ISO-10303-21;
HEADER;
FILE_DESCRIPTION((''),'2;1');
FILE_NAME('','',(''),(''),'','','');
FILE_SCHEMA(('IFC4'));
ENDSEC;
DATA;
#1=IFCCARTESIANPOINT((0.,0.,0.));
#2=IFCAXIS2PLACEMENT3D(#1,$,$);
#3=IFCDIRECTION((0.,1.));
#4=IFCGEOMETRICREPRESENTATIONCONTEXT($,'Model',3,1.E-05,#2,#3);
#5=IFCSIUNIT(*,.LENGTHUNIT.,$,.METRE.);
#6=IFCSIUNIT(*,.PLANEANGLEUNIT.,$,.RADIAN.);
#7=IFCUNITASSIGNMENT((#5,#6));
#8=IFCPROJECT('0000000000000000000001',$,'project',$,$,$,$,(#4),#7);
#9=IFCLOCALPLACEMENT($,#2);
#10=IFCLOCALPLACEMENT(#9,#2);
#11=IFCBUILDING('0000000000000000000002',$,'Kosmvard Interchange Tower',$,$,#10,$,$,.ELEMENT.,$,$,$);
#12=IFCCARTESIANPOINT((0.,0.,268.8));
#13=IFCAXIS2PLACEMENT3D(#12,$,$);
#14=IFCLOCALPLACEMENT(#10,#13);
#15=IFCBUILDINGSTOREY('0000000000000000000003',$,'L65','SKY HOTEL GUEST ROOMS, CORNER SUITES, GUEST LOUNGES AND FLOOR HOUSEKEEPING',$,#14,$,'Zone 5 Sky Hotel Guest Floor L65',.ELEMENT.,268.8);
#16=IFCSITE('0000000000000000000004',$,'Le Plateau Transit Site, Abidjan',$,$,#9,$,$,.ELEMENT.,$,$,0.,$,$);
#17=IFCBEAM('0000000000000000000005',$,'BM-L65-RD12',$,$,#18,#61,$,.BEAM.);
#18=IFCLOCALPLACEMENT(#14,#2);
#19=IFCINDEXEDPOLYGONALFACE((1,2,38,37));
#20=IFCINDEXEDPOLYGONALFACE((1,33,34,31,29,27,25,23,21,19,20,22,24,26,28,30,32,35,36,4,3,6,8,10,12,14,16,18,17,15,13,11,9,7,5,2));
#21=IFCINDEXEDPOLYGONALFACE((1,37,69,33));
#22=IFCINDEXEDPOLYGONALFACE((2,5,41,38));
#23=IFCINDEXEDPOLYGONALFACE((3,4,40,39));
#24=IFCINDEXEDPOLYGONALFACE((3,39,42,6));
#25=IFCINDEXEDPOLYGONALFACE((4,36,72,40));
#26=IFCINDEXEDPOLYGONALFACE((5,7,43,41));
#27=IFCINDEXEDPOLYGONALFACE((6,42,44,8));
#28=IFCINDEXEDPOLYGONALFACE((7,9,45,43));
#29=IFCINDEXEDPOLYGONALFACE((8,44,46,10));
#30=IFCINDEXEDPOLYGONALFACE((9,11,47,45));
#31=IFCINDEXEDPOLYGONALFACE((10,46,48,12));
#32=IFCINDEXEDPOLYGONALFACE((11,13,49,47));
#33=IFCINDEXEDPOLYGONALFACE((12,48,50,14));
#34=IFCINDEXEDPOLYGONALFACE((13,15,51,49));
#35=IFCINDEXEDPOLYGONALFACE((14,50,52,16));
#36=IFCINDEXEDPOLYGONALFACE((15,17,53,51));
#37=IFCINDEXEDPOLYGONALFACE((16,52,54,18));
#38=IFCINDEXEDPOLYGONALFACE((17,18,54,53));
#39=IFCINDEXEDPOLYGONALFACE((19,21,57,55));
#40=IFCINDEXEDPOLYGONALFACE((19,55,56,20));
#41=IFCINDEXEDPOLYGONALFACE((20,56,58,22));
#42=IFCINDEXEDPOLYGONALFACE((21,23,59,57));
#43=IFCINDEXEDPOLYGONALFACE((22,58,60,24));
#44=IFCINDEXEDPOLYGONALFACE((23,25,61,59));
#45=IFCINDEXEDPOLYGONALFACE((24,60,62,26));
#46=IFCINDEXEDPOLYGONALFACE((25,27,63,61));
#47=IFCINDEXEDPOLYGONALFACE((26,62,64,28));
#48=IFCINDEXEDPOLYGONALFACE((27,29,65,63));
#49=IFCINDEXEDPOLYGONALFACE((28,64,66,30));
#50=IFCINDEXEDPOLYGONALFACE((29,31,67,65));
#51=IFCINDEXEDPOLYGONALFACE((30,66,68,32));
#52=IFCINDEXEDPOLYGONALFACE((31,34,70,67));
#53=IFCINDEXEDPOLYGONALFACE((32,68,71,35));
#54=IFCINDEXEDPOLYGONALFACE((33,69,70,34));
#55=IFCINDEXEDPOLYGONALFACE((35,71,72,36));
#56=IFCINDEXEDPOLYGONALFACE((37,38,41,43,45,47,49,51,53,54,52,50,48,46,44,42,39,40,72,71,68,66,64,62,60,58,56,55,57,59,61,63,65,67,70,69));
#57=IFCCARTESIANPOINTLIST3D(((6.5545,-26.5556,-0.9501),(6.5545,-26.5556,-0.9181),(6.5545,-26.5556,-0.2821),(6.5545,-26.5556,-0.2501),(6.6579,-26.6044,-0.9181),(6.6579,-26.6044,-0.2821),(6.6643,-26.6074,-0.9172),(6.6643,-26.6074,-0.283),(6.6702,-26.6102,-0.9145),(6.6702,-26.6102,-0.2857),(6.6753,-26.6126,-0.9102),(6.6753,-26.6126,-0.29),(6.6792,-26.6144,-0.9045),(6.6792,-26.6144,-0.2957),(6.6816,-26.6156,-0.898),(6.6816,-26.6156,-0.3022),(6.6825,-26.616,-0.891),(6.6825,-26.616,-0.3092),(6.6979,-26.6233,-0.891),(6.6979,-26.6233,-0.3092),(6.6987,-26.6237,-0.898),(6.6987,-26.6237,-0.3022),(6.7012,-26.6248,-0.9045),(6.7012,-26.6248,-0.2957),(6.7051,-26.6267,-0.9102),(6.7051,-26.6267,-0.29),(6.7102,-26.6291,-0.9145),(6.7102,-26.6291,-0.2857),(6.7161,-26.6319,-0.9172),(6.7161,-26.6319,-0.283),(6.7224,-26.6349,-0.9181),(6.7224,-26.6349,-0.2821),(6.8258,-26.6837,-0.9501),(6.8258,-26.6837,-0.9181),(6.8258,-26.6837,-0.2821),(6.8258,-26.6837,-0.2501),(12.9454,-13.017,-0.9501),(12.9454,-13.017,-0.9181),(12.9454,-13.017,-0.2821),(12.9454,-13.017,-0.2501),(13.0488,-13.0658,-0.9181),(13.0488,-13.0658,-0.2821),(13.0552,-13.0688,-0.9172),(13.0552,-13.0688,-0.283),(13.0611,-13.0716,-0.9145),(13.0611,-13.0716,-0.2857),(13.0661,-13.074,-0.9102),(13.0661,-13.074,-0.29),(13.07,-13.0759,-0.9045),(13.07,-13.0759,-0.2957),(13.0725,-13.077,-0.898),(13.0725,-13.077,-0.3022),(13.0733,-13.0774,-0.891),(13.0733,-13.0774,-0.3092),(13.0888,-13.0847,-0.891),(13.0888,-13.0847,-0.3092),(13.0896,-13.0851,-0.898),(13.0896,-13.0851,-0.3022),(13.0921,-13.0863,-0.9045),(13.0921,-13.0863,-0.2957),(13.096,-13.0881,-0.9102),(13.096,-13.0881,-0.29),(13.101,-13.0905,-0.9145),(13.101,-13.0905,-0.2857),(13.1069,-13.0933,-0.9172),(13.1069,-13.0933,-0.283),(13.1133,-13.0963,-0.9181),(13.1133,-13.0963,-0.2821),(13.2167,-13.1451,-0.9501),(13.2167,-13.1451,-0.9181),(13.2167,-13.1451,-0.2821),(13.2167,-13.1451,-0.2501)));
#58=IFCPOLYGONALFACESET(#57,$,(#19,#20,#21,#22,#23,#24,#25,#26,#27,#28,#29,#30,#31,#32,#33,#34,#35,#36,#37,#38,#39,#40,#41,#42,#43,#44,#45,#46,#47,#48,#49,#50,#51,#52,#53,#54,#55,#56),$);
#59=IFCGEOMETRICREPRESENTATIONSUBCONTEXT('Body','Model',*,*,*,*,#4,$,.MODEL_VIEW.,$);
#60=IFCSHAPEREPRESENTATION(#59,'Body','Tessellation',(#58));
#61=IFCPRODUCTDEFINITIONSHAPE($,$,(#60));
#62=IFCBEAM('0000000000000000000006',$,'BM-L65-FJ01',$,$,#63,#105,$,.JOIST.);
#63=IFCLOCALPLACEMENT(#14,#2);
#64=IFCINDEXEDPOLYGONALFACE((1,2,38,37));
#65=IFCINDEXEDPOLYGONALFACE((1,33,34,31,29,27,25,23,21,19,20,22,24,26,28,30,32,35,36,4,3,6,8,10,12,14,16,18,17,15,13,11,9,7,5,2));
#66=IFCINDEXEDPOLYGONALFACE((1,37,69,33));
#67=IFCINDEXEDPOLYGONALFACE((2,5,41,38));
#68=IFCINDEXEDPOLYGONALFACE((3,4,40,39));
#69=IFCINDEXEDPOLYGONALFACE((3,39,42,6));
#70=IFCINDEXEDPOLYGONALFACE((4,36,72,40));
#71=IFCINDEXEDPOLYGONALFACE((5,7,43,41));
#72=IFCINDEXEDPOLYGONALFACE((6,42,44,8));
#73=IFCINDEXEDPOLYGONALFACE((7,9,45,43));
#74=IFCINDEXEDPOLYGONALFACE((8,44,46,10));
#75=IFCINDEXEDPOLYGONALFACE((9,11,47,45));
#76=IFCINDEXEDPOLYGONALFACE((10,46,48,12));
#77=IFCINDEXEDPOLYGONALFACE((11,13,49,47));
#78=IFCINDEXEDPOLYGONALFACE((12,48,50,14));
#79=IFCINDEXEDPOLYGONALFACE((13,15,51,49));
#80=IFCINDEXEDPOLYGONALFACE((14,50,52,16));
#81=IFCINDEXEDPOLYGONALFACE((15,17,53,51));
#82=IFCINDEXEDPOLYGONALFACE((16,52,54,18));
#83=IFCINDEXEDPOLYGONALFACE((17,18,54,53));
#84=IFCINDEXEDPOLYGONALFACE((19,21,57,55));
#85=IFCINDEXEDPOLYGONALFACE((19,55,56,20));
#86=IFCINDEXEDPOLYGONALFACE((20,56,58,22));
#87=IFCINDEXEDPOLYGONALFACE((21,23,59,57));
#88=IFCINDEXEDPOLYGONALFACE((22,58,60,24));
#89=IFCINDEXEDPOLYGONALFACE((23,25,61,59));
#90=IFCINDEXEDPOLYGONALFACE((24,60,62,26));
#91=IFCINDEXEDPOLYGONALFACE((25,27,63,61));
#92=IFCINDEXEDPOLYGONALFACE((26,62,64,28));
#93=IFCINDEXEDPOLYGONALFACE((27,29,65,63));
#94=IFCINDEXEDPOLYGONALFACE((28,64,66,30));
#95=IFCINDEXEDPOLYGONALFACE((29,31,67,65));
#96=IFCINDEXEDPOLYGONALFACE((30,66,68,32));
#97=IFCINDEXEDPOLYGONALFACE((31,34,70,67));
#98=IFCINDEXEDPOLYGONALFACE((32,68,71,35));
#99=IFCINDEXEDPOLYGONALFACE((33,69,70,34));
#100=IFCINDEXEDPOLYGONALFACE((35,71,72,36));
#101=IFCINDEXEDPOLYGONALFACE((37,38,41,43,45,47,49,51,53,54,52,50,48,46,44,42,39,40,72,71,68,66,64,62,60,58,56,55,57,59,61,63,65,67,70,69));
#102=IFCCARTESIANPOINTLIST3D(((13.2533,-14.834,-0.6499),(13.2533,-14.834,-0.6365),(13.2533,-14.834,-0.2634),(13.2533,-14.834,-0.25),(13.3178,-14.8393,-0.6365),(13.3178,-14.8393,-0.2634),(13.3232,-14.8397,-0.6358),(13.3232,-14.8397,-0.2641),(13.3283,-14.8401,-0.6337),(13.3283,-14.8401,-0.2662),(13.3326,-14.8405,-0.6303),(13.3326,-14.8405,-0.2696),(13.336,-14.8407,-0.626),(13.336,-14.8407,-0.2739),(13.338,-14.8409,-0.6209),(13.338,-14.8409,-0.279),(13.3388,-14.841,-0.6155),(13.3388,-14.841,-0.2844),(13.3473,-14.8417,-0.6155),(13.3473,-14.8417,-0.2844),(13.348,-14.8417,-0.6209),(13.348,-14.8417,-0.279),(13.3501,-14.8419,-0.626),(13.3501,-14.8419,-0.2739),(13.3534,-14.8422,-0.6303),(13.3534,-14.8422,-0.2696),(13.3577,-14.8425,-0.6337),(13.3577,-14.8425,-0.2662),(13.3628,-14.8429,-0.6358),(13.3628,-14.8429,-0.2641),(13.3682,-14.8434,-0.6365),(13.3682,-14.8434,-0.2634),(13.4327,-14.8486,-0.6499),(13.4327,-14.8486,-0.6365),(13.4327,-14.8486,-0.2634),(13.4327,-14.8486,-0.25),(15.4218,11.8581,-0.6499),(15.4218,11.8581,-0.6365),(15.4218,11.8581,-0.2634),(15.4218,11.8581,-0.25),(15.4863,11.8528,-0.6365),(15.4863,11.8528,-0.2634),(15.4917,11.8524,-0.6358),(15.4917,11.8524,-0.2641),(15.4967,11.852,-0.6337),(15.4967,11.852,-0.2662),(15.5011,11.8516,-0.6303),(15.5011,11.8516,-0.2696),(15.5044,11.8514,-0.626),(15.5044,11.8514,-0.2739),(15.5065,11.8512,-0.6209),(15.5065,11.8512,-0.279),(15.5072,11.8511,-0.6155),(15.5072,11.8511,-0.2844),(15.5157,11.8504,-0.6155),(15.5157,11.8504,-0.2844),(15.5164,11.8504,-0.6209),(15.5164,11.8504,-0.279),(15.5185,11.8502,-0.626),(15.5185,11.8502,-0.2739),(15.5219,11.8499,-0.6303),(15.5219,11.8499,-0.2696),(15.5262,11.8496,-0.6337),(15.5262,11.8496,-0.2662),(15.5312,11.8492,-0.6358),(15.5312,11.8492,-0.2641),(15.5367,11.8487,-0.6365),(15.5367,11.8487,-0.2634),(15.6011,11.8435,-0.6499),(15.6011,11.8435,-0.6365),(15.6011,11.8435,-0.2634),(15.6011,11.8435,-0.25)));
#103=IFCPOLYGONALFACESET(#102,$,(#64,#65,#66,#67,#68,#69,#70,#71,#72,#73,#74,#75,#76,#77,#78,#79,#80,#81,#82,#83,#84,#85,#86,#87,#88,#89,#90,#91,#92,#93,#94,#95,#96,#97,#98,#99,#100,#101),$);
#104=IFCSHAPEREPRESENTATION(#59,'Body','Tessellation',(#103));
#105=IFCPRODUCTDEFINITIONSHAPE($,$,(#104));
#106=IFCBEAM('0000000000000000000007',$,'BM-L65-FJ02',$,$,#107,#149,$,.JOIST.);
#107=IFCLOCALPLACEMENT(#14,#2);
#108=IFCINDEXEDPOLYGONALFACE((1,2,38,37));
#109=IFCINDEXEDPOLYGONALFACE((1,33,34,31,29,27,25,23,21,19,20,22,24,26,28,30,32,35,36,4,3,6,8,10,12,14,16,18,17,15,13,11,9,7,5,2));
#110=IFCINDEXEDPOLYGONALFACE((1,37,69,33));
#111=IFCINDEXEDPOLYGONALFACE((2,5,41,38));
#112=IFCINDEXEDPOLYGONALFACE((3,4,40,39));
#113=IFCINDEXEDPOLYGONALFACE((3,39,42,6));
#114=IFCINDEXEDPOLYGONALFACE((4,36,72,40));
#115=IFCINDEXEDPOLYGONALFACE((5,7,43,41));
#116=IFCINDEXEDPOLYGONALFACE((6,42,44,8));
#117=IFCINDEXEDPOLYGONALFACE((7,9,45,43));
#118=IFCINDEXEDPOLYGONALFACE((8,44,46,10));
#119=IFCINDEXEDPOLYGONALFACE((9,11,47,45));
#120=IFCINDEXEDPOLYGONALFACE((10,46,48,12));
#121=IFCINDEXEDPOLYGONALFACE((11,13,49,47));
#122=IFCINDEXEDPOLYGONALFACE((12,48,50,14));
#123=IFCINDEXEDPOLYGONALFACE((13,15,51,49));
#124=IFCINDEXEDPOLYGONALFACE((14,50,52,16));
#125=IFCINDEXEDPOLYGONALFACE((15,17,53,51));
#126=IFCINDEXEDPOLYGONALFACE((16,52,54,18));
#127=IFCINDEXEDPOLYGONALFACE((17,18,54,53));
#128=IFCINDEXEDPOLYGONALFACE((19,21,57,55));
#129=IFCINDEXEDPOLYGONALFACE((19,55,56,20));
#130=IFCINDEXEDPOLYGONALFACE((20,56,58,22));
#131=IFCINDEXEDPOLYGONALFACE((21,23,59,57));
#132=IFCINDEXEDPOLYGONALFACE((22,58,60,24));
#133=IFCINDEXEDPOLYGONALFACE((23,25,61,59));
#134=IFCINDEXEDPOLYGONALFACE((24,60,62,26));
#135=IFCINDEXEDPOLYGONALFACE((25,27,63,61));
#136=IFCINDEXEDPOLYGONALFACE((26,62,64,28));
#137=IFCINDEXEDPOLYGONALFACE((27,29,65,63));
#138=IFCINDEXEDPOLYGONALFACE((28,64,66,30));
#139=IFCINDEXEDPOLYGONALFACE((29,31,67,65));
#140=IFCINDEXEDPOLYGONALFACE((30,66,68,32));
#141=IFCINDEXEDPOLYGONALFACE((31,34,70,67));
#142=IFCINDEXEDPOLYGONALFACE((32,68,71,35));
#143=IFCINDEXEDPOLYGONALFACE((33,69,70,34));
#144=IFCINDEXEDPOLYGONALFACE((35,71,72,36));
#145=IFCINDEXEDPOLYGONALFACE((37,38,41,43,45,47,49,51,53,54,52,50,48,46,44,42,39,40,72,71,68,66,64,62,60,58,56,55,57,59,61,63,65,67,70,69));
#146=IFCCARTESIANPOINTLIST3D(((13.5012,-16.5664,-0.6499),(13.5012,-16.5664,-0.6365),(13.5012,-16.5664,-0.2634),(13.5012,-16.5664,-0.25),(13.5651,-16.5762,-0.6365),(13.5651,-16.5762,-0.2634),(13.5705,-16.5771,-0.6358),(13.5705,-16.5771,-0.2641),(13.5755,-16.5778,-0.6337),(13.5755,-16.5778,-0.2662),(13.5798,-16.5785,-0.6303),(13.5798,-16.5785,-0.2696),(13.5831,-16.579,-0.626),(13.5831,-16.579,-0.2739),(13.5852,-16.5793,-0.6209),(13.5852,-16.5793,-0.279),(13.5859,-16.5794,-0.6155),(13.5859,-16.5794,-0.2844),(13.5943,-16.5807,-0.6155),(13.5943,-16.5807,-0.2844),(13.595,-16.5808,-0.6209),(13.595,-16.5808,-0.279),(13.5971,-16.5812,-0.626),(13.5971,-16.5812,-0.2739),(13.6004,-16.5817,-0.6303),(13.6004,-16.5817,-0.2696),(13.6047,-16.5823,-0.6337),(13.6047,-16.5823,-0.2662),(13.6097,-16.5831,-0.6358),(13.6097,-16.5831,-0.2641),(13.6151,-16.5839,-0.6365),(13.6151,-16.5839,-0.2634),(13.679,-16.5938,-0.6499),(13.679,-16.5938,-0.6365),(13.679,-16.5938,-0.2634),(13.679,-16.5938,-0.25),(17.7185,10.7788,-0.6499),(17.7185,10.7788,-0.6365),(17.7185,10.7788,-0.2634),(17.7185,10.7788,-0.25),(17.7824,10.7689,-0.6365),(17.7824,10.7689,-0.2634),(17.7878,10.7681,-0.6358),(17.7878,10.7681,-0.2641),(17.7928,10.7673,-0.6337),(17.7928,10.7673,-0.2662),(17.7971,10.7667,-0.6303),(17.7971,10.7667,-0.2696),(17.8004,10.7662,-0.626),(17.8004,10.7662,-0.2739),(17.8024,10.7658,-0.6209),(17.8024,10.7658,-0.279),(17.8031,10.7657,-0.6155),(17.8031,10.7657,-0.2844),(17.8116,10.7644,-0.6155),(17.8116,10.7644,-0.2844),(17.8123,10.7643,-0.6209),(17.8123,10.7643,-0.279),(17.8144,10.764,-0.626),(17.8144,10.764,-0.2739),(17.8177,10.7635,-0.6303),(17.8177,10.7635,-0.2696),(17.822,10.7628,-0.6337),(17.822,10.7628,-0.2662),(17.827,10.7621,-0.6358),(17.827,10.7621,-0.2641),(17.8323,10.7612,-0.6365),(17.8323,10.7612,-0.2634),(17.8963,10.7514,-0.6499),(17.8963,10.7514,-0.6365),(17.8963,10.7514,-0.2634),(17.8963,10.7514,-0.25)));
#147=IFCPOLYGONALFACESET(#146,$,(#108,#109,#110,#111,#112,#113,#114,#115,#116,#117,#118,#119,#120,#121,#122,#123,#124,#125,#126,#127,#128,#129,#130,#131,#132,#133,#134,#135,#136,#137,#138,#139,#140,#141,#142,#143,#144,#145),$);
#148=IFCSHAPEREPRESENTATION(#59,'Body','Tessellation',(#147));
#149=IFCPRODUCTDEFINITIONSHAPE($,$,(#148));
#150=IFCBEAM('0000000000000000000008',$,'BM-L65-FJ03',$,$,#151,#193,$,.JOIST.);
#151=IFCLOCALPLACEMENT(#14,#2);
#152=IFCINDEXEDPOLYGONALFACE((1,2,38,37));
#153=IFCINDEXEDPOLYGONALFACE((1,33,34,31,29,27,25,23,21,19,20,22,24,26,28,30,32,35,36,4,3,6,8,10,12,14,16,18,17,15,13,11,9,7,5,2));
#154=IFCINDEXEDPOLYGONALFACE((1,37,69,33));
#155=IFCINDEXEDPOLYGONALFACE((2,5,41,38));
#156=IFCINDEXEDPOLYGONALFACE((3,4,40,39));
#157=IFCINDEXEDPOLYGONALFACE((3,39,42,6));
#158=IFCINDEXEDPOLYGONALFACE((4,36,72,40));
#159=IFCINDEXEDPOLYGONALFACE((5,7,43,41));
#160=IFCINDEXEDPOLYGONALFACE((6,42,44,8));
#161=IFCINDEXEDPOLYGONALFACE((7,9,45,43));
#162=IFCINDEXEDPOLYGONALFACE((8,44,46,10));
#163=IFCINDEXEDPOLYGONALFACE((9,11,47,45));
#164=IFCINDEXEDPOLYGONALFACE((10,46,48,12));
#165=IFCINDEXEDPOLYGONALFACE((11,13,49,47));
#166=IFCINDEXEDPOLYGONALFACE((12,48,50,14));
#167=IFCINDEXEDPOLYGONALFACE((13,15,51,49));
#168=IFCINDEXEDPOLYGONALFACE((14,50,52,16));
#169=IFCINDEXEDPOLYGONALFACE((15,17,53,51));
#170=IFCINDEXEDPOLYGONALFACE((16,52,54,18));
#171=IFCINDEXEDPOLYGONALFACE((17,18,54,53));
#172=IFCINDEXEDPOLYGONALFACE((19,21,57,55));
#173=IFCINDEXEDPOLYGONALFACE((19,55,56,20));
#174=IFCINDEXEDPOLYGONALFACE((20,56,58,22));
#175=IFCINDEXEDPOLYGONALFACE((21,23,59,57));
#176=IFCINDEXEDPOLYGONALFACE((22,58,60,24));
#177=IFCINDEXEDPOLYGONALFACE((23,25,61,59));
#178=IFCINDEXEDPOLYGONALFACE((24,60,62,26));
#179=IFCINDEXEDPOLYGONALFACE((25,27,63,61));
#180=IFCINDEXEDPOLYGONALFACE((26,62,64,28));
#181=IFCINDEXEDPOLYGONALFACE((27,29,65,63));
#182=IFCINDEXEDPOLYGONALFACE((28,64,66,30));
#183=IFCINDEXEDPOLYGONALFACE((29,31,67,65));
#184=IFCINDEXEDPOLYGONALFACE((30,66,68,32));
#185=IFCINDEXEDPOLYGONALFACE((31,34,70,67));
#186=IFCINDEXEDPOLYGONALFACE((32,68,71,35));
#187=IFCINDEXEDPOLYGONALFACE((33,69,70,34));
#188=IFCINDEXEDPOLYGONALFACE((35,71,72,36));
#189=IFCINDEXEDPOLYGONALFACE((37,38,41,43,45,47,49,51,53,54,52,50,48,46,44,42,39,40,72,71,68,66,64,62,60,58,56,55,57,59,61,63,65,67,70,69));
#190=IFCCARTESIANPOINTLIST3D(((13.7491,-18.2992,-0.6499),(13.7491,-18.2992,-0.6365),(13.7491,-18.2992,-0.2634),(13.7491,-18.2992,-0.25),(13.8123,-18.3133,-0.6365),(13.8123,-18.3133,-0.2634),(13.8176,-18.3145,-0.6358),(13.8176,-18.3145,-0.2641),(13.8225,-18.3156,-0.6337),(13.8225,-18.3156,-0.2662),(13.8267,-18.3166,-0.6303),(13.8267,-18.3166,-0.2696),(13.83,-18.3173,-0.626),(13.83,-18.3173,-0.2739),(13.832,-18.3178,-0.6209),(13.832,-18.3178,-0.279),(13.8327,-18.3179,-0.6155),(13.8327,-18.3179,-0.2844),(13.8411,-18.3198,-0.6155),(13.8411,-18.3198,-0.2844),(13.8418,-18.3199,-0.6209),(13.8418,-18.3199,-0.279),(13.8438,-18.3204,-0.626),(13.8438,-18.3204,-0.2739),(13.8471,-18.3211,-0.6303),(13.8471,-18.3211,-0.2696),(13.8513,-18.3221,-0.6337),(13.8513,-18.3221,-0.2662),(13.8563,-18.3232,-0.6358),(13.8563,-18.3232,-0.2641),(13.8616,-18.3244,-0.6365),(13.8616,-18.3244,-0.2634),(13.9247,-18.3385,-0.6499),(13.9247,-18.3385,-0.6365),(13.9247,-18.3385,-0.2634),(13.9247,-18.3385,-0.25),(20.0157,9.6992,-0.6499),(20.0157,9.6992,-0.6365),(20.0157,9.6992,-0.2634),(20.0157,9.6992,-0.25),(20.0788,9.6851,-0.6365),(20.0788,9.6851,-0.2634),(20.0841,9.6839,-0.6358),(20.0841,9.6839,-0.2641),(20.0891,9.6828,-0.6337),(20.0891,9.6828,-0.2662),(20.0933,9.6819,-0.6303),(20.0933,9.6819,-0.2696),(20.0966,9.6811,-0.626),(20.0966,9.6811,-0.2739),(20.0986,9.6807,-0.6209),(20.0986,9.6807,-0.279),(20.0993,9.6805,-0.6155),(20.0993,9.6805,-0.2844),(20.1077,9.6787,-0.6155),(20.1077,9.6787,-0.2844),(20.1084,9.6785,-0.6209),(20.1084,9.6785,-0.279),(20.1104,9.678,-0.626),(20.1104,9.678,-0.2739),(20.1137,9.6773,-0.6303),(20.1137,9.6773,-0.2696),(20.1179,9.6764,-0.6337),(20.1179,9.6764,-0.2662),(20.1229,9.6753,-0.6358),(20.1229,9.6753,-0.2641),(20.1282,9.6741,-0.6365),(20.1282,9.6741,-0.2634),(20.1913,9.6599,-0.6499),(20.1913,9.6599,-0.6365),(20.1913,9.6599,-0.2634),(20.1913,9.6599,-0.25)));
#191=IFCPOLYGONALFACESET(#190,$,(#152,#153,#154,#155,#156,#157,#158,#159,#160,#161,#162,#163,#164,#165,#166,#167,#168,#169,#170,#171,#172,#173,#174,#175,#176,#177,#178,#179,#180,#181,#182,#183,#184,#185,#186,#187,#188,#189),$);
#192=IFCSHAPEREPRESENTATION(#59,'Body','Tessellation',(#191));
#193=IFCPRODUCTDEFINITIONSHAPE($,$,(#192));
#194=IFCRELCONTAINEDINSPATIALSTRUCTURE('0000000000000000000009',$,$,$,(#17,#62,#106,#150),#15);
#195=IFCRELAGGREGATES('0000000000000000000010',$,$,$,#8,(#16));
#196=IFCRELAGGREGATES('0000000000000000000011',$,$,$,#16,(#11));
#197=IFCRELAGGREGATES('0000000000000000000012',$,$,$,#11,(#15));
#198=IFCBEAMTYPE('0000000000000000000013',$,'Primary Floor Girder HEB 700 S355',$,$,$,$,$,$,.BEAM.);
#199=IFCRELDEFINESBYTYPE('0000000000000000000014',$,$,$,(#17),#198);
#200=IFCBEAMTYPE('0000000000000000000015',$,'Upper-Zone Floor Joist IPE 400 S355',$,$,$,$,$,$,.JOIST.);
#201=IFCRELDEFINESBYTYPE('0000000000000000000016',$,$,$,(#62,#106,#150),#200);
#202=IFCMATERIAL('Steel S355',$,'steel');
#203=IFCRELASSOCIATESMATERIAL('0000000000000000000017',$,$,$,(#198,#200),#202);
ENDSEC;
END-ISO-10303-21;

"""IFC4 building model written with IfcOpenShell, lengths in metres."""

from ifc_helpers import new_model, si_unit, direction, frame, origin, origin_2d, place, context, subcontext, project, spatial, i_section, extrude, source, transform, mapped, material, material_profile, profile_set, type_object, element, save


model = new_model("IFC4")

# Units and contexts
model_context = context("Model", 3, precision=1e-05, world=origin(), true_north=direction((0.0, 1.0)))
body_context = subcontext(model_context, "Body", "Model", "MODEL_VIEW")
ifc_project = project(units=[si_unit("LENGTHUNIT", "METRE"), si_unit("PLANEANGLEUNIT", "RADIAN")], contexts=[model_context])

# Site, building, storey
site_placement = place(None, origin())
site = spatial("IfcSite", under=ifc_project, at=site_placement, Name="Le Plateau Transit Site, Abidjan", CompositionType="ELEMENT", RefElevation=0.0)
building_placement = place(site_placement, origin())
building = spatial("IfcBuilding", under=site, at=building_placement, Name="Kosmvard Interchange Tower", CompositionType="ELEMENT")
storey_placement = place(building_placement, frame((0.0, 0.0, 268.8)))
storey = spatial("IfcBuildingStorey", under=building, at=storey_placement, Name="L65", Description="SKY HOTEL GUEST ROOMS, CORNER SUITES, GUEST LOUNGES AND FLOOR HOUSEKEEPING", LongName="Zone 5 Sky Hotel Guest Floor L65", CompositionType="ELEMENT", Elevation=268.8)

# Beams
ifc_material_1 = material(Name="Steel S355", Category="steel")
ifc_material_profile_1 = material_profile(ifc_material_1, i_section(OverallWidth=0.3, OverallDepth=0.7, WebThickness=0.0171, FlangeThickness=0.032, FilletRadius=0.0271, at=origin_2d()), Name="HEB 700")
ifc_profile_set_1 = profile_set([ifc_material_profile_1], Name="Steel S355")
beam_type_1 = type_object("IfcBeamType", Name="Primary Floor Girder HEB 700 S355", PredefinedType="BEAM", material=ifc_profile_set_1)
shared_shape_1 = source(origin(), body_context, "Body", "SweptSolid", [
    extrude(i_section(OverallWidth=0.3, OverallDepth=0.7, WebThickness=0.0171, FlangeThickness=0.032, FilletRadius=0.0271, at=origin_2d()), origin(), (0.0, 0.0, 1.0), 14.9712),
])
beam_1_placement = place(storey_placement, frame((13.0811, -13.0811, -0.6001), z_axis=(-0.426878, -0.904309, 0.0), x_axis=(0.904309, -0.426878, 0.0)))
element("IfcBeam", 1, at=beam_1_placement, inside=storey, type_object=beam_type_1, Name="BM-L65-RD12", PredefinedType="BEAM", context=body_context, shape_type="MappedRepresentation", body=[
    mapped(shared_shape_1, transform((0.0, 0.0, 0.0), scale=1.0)),
])
ifc_material_profile_2 = material_profile(ifc_material_1, i_section(OverallWidth=0.1799, OverallDepth=0.3999, WebThickness=0.0085, FlangeThickness=0.0134, FilletRadius=0.021, at=origin_2d()), Name="IPE 400")
ifc_profile_set_2 = profile_set([ifc_material_profile_2], Name="Steel S355")
beam_type_2 = type_object("IfcBeamType", Name="Upper-Zone Floor Joist IPE 400 S355", PredefinedType="JOIST", material=ifc_profile_set_2)
shared_shape_2 = source(origin(), body_context, "Body", "SweptSolid", [
    extrude(i_section(OverallWidth=0.1799, OverallDepth=0.3999, WebThickness=0.0085, FlangeThickness=0.0134, FilletRadius=0.021, at=origin_2d()), origin(), (0.0, 0.0, 1.0), 26.78),
])
beam_2_placement = place(storey_placement, frame((13.343, -14.8413, -0.45), z_axis=(0.080973, 0.996716, 0.0), x_axis=(-0.996716, 0.080973, 0.0)))
element("IfcBeam", 2, at=beam_2_placement, inside=storey, type_object=beam_type_2, Name="BM-L65-FJ01", PredefinedType="JOIST", context=body_context, shape_type="MappedRepresentation", body=[
    mapped(shared_shape_2, transform((0.0, 0.0, 0.0), scale=1.0)),
])
shared_shape_3 = source(origin(), body_context, "Body", "SweptSolid", [
    extrude(i_section(OverallWidth=0.1799, OverallDepth=0.3999, WebThickness=0.0085, FlangeThickness=0.0134, FilletRadius=0.021, at=origin_2d()), origin(), (0.0, 0.0, 1.0), 27.6685),
])
beam_3_placement = place(storey_placement, frame((13.5901, -16.5801, -0.45), z_axis=(0.152422, 0.988316, 0.0), x_axis=(-0.988316, 0.152422, 0.0)))
element("IfcBeam", 3, at=beam_3_placement, inside=storey, type_object=beam_type_2, Name="BM-L65-FJ02", PredefinedType="JOIST", context=body_context, shape_type="MappedRepresentation", body=[
    mapped(shared_shape_3, transform((0.0, 0.0, 0.0), scale=1.0)),
])
shared_shape_4 = source(origin(), body_context, "Body", "SweptSolid", [
    extrude(i_section(OverallWidth=0.1799, OverallDepth=0.3999, WebThickness=0.0085, FlangeThickness=0.0134, FilletRadius=0.021, at=origin_2d()), origin(), (0.0, 0.0, 1.0), 28.6912),
])
beam_4_placement = place(storey_placement, frame((13.8369, -18.3188, -0.45), z_axis=(0.218415, 0.975856, 0.0), x_axis=(-0.975856, 0.218415, 0.0)))
element("IfcBeam", 4, at=beam_4_placement, inside=storey, type_object=beam_type_2, Name="BM-L65-FJ03", PredefinedType="JOIST", context=body_context, shape_type="MappedRepresentation", body=[
    mapped(shared_shape_4, transform((0.0, 0.0, 0.0), scale=1.0)),
])

save(model, "model.ifc")
